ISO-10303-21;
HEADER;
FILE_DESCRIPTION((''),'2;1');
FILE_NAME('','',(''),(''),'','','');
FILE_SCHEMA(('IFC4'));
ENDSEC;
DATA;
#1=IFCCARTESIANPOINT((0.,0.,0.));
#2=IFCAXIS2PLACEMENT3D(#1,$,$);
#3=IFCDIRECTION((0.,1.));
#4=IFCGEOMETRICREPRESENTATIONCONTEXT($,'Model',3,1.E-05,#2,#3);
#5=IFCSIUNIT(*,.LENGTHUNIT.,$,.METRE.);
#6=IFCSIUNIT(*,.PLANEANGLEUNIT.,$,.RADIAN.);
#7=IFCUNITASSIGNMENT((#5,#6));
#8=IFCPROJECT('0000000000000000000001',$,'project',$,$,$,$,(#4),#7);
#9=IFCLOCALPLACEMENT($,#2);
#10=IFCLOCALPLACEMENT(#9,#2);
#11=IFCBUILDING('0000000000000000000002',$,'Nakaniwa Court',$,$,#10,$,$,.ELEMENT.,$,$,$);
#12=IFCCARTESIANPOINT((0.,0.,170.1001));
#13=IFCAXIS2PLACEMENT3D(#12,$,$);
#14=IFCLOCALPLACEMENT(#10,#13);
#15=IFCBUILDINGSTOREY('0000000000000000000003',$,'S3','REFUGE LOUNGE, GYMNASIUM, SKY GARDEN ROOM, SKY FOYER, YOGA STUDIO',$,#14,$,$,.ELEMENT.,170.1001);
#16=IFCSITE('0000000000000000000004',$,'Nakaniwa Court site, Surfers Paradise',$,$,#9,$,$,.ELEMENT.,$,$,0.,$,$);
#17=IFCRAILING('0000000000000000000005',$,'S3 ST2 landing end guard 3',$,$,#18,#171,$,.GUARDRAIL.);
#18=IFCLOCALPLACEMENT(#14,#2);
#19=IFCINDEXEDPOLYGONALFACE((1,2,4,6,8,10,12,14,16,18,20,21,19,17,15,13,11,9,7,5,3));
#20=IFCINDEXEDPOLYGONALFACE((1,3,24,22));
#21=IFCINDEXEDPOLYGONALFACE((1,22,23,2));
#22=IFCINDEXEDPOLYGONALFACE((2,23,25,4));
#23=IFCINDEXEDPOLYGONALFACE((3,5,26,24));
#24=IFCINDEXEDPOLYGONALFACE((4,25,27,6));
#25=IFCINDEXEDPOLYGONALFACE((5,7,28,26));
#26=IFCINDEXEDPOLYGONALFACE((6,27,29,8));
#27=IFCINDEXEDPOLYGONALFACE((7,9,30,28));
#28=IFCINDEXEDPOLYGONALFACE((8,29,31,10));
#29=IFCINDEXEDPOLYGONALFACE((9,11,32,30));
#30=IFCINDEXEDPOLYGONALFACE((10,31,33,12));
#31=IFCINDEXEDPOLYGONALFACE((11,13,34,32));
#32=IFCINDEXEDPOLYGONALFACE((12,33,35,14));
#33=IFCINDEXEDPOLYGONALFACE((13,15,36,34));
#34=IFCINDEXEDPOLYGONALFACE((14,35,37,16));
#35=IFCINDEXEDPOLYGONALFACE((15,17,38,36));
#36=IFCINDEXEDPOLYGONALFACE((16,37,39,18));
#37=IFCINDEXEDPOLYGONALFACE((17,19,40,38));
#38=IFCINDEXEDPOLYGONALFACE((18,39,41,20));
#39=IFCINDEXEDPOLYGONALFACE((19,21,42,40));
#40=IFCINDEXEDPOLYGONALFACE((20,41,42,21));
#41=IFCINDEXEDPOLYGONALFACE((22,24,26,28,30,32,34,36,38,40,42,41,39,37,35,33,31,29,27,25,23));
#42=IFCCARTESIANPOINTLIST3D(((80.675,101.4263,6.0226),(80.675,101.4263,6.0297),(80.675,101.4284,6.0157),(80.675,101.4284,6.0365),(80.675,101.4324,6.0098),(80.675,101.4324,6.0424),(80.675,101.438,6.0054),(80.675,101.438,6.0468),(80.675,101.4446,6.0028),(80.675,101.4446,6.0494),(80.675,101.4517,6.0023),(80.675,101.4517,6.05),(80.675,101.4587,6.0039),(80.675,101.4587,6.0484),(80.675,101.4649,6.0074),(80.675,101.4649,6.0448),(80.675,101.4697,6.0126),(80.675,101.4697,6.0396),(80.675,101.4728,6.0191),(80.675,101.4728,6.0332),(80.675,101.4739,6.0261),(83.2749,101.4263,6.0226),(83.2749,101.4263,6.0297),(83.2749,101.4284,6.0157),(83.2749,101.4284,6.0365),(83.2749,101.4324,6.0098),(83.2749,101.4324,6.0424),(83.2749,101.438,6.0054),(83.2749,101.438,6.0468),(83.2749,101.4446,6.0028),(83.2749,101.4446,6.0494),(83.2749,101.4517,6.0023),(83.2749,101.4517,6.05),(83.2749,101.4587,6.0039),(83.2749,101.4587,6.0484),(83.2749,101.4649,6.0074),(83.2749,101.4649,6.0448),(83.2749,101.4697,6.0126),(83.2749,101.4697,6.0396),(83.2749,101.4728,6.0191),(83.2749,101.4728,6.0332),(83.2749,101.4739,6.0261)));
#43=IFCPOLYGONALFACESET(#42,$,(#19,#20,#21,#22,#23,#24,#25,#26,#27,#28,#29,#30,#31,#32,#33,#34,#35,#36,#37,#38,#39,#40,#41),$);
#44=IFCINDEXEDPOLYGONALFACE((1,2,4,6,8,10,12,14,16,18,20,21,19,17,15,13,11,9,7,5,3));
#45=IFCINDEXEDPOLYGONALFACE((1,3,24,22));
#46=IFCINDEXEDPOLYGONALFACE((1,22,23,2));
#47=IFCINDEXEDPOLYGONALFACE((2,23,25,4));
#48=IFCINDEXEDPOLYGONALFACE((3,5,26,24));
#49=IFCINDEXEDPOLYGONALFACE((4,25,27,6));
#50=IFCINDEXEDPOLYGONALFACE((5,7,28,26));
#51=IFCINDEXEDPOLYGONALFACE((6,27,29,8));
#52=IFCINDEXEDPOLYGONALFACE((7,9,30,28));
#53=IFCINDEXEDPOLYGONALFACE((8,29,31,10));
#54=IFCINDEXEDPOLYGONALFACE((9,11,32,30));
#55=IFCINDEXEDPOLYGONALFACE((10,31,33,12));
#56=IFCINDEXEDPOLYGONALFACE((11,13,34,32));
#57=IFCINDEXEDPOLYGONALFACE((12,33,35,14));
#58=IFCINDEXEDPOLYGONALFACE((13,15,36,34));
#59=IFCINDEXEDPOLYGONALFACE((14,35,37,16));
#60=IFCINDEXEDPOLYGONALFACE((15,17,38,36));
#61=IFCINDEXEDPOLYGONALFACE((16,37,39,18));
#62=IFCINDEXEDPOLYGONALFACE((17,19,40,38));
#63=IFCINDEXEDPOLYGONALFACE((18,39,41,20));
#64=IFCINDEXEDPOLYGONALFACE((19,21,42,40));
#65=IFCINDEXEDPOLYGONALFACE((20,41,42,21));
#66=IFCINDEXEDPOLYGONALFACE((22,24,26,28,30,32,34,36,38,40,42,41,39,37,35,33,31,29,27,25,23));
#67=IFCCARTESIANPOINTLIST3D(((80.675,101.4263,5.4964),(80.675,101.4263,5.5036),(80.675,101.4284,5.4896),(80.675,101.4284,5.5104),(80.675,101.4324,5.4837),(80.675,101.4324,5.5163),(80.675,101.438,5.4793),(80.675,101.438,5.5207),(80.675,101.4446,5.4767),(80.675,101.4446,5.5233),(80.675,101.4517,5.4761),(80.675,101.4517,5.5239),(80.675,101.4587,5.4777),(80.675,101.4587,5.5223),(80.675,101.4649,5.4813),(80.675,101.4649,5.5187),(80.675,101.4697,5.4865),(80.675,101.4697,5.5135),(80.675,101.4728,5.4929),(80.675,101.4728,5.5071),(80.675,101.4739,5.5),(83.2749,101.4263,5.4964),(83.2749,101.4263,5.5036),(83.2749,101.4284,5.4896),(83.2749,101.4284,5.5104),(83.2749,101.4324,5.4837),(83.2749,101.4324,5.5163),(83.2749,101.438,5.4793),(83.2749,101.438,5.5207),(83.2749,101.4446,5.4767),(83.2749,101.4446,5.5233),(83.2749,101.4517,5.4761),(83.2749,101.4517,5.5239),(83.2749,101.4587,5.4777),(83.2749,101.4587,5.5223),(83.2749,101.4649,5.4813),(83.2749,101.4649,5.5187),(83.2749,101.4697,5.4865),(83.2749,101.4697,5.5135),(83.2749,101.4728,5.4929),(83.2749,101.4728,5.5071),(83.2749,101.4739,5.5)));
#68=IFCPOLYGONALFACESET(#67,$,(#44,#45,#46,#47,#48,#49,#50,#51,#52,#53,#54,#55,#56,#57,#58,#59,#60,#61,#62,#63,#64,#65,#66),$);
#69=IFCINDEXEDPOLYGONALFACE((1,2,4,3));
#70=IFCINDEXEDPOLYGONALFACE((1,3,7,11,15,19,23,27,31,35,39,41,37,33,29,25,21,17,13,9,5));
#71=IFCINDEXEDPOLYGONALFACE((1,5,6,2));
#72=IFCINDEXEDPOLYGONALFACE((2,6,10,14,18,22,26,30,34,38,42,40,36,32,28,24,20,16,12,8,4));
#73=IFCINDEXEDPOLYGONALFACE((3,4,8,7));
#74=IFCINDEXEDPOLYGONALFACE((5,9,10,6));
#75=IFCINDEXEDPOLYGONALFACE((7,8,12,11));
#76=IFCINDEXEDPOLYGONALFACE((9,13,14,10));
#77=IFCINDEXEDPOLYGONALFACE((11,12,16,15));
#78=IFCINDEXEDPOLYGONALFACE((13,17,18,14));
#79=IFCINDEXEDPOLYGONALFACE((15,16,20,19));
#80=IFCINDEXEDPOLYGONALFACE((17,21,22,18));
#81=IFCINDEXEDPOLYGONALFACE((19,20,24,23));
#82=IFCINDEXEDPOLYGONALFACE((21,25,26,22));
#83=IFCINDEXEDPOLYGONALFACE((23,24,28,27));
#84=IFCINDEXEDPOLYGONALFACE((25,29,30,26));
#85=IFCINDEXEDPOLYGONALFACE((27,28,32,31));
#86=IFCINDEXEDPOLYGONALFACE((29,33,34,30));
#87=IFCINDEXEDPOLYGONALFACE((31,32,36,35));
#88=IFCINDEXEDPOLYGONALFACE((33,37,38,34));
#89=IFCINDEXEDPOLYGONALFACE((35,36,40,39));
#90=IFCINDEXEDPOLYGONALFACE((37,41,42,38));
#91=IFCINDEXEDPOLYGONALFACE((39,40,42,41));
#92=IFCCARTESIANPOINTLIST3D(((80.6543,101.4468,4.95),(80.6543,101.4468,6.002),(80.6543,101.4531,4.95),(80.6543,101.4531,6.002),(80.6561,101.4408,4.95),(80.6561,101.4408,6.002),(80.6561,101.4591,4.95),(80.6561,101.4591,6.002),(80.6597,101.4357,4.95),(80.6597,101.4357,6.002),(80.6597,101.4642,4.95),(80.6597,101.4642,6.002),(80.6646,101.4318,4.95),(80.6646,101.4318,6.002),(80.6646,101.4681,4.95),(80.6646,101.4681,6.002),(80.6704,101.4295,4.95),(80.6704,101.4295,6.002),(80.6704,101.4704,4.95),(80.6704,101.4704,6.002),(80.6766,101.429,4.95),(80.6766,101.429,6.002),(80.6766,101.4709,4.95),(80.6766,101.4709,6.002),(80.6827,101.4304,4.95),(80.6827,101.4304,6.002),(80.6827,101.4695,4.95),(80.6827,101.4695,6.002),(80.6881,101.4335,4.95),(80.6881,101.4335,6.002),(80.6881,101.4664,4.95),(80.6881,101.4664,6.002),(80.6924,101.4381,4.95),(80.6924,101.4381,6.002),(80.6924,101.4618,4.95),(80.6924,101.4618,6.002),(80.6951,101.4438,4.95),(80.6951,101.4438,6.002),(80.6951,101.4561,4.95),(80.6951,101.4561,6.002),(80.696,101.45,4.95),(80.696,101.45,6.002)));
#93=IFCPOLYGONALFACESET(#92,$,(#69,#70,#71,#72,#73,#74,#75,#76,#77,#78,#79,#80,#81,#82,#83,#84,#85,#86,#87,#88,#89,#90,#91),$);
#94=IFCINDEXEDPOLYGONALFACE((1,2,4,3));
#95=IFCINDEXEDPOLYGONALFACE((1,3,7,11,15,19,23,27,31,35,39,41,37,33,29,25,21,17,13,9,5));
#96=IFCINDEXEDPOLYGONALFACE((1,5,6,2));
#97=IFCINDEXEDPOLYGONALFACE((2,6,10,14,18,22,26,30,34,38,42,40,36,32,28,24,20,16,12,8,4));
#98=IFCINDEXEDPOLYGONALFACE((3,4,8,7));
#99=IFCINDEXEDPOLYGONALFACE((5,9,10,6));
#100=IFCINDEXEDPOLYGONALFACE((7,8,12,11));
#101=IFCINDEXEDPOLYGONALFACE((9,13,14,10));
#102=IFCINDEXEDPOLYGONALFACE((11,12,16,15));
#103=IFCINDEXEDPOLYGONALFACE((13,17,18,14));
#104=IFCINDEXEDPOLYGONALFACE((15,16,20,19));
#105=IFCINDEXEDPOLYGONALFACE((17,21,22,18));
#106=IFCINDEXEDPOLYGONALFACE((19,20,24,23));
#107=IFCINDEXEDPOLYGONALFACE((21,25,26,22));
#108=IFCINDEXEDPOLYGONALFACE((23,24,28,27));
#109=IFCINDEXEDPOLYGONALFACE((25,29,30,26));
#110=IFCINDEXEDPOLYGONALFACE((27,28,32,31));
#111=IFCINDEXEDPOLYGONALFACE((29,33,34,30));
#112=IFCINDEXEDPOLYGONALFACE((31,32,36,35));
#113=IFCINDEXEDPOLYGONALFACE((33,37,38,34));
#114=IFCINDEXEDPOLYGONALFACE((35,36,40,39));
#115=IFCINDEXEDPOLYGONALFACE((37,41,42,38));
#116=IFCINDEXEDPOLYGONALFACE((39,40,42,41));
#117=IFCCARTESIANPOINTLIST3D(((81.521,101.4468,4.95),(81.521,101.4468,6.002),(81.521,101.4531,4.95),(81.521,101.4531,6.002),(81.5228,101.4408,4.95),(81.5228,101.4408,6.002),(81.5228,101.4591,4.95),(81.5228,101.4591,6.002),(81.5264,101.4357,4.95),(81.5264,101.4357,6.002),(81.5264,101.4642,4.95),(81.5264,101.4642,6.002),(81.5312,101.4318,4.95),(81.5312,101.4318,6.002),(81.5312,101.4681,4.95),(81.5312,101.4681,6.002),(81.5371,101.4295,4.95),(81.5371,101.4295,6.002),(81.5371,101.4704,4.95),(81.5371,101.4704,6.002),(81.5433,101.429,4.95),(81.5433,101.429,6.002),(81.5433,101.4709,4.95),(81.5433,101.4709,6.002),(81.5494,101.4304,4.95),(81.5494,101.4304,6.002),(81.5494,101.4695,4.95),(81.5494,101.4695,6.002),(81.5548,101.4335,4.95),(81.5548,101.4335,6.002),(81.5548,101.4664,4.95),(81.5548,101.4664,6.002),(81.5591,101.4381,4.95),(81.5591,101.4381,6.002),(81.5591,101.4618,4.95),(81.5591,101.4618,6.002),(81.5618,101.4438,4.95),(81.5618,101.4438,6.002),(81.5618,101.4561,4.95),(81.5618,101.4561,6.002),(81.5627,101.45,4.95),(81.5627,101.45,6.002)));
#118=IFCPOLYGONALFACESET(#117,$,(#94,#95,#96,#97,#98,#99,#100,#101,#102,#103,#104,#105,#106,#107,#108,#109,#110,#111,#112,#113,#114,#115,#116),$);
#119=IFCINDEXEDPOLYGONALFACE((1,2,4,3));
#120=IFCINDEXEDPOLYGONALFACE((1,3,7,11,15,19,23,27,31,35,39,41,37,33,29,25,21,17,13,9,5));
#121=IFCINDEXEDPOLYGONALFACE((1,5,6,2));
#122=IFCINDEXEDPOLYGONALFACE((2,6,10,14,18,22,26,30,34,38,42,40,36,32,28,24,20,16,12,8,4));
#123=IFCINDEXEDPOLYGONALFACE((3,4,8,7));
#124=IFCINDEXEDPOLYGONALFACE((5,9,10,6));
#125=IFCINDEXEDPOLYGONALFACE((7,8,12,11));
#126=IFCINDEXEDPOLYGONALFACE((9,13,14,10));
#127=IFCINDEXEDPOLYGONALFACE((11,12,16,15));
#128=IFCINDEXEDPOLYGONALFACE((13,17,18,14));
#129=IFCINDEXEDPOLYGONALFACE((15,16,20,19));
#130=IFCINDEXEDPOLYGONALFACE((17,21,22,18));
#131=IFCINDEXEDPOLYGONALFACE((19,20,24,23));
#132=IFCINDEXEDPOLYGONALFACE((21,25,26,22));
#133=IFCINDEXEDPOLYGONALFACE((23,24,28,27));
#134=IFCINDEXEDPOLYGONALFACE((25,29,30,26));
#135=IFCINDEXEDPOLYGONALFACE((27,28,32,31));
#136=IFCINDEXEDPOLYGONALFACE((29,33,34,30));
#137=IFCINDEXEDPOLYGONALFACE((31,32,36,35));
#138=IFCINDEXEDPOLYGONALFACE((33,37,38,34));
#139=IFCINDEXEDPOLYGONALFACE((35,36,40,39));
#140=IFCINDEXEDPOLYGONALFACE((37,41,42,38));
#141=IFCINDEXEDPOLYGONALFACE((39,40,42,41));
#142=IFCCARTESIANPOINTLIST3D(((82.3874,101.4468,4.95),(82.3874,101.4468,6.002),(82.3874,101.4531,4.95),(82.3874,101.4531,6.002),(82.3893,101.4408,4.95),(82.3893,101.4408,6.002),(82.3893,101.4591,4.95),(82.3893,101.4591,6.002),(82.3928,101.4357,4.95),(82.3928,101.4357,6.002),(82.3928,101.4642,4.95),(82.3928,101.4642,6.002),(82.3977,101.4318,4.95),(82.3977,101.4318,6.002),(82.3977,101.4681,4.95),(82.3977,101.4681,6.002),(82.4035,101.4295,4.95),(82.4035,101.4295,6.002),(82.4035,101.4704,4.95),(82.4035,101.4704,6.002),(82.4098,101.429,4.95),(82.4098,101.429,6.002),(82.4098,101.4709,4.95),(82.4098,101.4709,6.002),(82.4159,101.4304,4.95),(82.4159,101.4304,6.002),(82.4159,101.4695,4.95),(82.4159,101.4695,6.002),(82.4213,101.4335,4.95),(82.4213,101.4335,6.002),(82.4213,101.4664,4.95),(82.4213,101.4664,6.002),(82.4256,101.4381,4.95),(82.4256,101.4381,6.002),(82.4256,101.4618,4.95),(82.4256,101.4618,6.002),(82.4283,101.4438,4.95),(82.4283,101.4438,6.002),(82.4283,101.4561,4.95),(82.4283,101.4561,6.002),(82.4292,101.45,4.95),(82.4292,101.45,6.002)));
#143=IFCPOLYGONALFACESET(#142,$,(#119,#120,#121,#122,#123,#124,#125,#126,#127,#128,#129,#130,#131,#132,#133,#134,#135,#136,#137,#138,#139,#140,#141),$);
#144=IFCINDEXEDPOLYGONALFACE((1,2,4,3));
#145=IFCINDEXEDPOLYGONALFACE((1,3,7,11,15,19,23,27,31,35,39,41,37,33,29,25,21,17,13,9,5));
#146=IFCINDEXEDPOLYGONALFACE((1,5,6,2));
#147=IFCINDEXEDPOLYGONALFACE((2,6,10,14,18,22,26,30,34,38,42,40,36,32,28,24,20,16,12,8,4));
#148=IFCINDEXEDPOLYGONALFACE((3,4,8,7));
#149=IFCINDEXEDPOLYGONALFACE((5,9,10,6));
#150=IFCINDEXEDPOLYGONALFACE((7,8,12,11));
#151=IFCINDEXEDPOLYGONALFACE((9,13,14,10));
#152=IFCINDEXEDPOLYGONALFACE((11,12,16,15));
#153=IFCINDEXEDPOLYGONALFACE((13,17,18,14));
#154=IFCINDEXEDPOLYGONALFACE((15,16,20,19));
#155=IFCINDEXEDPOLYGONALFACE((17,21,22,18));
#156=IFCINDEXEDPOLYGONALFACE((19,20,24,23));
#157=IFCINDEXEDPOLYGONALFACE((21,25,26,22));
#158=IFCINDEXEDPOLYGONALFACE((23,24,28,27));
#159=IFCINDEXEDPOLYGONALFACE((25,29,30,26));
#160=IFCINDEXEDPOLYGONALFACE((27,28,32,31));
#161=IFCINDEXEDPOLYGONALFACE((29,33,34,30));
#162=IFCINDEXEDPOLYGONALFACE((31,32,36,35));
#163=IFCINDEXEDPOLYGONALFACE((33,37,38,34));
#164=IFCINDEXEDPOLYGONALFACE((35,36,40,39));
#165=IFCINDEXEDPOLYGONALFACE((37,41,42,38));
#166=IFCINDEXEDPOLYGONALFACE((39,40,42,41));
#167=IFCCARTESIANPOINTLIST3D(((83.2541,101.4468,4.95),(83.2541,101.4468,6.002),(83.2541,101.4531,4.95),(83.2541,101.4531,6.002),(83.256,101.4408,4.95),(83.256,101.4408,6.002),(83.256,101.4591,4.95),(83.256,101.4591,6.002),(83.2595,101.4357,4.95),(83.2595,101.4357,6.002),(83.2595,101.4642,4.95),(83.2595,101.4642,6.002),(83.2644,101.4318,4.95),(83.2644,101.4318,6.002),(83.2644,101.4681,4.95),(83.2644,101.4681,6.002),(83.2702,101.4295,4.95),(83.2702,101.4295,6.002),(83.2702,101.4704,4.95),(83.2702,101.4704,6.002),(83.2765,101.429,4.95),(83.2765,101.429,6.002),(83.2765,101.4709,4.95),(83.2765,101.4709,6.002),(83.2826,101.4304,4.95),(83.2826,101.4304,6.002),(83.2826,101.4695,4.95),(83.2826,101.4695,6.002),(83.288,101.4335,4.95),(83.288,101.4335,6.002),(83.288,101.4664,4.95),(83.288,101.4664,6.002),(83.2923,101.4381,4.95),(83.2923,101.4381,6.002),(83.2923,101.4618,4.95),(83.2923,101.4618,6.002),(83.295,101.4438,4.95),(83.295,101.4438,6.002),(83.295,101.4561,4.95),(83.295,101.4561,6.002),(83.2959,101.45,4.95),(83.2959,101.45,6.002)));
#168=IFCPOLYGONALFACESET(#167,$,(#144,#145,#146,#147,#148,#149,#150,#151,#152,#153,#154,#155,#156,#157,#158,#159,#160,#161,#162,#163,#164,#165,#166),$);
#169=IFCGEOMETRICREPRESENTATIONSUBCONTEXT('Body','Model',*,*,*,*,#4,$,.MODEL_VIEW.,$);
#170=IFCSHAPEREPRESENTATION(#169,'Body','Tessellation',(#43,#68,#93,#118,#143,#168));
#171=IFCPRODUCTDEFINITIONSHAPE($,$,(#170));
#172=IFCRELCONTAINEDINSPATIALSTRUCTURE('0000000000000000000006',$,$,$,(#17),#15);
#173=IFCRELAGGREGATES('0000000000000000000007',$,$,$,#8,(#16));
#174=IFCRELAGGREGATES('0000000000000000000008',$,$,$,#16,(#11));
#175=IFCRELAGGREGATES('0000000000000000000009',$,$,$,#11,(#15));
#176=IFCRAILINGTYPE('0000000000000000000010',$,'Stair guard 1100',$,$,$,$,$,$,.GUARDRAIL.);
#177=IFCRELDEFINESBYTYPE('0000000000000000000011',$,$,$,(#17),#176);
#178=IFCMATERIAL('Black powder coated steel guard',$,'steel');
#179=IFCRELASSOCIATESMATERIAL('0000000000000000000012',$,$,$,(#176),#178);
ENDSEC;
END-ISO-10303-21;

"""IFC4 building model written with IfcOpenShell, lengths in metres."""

from ifc_helpers import new_model, si_unit, direction, frame, origin, origin_2d, place, context, subcontext, project, spatial, circle, extrude, material, type_object, element, save


model = new_model("IFC4")

# Units and contexts
model_context = context("Model", 3, precision=1e-05, world=origin(), true_north=direction((0.0, 1.0)))
body_context = subcontext(model_context, "Body", "Model", "MODEL_VIEW")
ifc_project = project(units=[si_unit("LENGTHUNIT", "METRE"), si_unit("PLANEANGLEUNIT", "RADIAN")], contexts=[model_context])

# Site, building, storey
site_placement = place(None, origin())
site = spatial("IfcSite", under=ifc_project, at=site_placement, Name="Nakaniwa Court site, Surfers Paradise", CompositionType="ELEMENT", RefElevation=0.0)
building_placement = place(site_placement, origin())
building = spatial("IfcBuilding", under=site, at=building_placement, Name="Nakaniwa Court", CompositionType="ELEMENT")
storey_placement = place(building_placement, frame((0.0, 0.0, 170.1001)))
storey = spatial("IfcBuildingStorey", under=building, at=storey_placement, Name="S3", Description="REFUGE LOUNGE, GYMNASIUM, SKY GARDEN ROOM, SKY FOYER, YOGA STUDIO", CompositionType="ELEMENT", Elevation=170.1001)

# Railing
ifc_material_1 = material(Name="Black powder coated steel guard", Category="steel")
railing_type_1 = type_object("IfcRailingType", Name="Stair guard 1100", PredefinedType="GUARDRAIL", material=ifc_material_1)
railing_1_placement = place(storey_placement, frame((80.675, 101.45, 4.95)))
element("IfcRailing", 1, at=railing_1_placement, inside=storey, type_object=railing_type_1, Name="S3 ST2 landing end guard 3", PredefinedType="GUARDRAIL", context=body_context, shape_type="SweptSolid", body=[
    extrude(circle(Radius=0.0239, at=origin_2d()), frame((0.0, 0.0, 1.0762), z_axis=(1.0, 0.0, 0.0), x_axis=(0.0, 1.0, 0.0)), (0.0, 0.0, 1.0), 2.5999),
    extrude(circle(Radius=0.0239, at=origin_2d()), frame((0.0, 0.0, 0.55), z_axis=(1.0, 0.0, 0.0), x_axis=(0.0, 1.0, 0.0)), (0.0, 0.0, 1.0), 2.5999),
    extrude(circle(Radius=0.021, at=origin_2d()), origin(), (0.0, 0.0, 1.0), 1.052),
    extrude(circle(Radius=0.021, at=origin_2d()), frame((0.8667, 0.0, 0.0)), (0.0, 0.0, 1.0), 1.052),
    extrude(circle(Radius=0.021, at=origin_2d()), frame((1.7332, 0.0, 0.0)), (0.0, 0.0, 1.0), 1.052),
    extrude(circle(Radius=0.021, at=origin_2d()), frame((2.5999, 0.0, 0.0)), (0.0, 0.0, 1.0), 1.052),
])

save(model, "model.ifc")
